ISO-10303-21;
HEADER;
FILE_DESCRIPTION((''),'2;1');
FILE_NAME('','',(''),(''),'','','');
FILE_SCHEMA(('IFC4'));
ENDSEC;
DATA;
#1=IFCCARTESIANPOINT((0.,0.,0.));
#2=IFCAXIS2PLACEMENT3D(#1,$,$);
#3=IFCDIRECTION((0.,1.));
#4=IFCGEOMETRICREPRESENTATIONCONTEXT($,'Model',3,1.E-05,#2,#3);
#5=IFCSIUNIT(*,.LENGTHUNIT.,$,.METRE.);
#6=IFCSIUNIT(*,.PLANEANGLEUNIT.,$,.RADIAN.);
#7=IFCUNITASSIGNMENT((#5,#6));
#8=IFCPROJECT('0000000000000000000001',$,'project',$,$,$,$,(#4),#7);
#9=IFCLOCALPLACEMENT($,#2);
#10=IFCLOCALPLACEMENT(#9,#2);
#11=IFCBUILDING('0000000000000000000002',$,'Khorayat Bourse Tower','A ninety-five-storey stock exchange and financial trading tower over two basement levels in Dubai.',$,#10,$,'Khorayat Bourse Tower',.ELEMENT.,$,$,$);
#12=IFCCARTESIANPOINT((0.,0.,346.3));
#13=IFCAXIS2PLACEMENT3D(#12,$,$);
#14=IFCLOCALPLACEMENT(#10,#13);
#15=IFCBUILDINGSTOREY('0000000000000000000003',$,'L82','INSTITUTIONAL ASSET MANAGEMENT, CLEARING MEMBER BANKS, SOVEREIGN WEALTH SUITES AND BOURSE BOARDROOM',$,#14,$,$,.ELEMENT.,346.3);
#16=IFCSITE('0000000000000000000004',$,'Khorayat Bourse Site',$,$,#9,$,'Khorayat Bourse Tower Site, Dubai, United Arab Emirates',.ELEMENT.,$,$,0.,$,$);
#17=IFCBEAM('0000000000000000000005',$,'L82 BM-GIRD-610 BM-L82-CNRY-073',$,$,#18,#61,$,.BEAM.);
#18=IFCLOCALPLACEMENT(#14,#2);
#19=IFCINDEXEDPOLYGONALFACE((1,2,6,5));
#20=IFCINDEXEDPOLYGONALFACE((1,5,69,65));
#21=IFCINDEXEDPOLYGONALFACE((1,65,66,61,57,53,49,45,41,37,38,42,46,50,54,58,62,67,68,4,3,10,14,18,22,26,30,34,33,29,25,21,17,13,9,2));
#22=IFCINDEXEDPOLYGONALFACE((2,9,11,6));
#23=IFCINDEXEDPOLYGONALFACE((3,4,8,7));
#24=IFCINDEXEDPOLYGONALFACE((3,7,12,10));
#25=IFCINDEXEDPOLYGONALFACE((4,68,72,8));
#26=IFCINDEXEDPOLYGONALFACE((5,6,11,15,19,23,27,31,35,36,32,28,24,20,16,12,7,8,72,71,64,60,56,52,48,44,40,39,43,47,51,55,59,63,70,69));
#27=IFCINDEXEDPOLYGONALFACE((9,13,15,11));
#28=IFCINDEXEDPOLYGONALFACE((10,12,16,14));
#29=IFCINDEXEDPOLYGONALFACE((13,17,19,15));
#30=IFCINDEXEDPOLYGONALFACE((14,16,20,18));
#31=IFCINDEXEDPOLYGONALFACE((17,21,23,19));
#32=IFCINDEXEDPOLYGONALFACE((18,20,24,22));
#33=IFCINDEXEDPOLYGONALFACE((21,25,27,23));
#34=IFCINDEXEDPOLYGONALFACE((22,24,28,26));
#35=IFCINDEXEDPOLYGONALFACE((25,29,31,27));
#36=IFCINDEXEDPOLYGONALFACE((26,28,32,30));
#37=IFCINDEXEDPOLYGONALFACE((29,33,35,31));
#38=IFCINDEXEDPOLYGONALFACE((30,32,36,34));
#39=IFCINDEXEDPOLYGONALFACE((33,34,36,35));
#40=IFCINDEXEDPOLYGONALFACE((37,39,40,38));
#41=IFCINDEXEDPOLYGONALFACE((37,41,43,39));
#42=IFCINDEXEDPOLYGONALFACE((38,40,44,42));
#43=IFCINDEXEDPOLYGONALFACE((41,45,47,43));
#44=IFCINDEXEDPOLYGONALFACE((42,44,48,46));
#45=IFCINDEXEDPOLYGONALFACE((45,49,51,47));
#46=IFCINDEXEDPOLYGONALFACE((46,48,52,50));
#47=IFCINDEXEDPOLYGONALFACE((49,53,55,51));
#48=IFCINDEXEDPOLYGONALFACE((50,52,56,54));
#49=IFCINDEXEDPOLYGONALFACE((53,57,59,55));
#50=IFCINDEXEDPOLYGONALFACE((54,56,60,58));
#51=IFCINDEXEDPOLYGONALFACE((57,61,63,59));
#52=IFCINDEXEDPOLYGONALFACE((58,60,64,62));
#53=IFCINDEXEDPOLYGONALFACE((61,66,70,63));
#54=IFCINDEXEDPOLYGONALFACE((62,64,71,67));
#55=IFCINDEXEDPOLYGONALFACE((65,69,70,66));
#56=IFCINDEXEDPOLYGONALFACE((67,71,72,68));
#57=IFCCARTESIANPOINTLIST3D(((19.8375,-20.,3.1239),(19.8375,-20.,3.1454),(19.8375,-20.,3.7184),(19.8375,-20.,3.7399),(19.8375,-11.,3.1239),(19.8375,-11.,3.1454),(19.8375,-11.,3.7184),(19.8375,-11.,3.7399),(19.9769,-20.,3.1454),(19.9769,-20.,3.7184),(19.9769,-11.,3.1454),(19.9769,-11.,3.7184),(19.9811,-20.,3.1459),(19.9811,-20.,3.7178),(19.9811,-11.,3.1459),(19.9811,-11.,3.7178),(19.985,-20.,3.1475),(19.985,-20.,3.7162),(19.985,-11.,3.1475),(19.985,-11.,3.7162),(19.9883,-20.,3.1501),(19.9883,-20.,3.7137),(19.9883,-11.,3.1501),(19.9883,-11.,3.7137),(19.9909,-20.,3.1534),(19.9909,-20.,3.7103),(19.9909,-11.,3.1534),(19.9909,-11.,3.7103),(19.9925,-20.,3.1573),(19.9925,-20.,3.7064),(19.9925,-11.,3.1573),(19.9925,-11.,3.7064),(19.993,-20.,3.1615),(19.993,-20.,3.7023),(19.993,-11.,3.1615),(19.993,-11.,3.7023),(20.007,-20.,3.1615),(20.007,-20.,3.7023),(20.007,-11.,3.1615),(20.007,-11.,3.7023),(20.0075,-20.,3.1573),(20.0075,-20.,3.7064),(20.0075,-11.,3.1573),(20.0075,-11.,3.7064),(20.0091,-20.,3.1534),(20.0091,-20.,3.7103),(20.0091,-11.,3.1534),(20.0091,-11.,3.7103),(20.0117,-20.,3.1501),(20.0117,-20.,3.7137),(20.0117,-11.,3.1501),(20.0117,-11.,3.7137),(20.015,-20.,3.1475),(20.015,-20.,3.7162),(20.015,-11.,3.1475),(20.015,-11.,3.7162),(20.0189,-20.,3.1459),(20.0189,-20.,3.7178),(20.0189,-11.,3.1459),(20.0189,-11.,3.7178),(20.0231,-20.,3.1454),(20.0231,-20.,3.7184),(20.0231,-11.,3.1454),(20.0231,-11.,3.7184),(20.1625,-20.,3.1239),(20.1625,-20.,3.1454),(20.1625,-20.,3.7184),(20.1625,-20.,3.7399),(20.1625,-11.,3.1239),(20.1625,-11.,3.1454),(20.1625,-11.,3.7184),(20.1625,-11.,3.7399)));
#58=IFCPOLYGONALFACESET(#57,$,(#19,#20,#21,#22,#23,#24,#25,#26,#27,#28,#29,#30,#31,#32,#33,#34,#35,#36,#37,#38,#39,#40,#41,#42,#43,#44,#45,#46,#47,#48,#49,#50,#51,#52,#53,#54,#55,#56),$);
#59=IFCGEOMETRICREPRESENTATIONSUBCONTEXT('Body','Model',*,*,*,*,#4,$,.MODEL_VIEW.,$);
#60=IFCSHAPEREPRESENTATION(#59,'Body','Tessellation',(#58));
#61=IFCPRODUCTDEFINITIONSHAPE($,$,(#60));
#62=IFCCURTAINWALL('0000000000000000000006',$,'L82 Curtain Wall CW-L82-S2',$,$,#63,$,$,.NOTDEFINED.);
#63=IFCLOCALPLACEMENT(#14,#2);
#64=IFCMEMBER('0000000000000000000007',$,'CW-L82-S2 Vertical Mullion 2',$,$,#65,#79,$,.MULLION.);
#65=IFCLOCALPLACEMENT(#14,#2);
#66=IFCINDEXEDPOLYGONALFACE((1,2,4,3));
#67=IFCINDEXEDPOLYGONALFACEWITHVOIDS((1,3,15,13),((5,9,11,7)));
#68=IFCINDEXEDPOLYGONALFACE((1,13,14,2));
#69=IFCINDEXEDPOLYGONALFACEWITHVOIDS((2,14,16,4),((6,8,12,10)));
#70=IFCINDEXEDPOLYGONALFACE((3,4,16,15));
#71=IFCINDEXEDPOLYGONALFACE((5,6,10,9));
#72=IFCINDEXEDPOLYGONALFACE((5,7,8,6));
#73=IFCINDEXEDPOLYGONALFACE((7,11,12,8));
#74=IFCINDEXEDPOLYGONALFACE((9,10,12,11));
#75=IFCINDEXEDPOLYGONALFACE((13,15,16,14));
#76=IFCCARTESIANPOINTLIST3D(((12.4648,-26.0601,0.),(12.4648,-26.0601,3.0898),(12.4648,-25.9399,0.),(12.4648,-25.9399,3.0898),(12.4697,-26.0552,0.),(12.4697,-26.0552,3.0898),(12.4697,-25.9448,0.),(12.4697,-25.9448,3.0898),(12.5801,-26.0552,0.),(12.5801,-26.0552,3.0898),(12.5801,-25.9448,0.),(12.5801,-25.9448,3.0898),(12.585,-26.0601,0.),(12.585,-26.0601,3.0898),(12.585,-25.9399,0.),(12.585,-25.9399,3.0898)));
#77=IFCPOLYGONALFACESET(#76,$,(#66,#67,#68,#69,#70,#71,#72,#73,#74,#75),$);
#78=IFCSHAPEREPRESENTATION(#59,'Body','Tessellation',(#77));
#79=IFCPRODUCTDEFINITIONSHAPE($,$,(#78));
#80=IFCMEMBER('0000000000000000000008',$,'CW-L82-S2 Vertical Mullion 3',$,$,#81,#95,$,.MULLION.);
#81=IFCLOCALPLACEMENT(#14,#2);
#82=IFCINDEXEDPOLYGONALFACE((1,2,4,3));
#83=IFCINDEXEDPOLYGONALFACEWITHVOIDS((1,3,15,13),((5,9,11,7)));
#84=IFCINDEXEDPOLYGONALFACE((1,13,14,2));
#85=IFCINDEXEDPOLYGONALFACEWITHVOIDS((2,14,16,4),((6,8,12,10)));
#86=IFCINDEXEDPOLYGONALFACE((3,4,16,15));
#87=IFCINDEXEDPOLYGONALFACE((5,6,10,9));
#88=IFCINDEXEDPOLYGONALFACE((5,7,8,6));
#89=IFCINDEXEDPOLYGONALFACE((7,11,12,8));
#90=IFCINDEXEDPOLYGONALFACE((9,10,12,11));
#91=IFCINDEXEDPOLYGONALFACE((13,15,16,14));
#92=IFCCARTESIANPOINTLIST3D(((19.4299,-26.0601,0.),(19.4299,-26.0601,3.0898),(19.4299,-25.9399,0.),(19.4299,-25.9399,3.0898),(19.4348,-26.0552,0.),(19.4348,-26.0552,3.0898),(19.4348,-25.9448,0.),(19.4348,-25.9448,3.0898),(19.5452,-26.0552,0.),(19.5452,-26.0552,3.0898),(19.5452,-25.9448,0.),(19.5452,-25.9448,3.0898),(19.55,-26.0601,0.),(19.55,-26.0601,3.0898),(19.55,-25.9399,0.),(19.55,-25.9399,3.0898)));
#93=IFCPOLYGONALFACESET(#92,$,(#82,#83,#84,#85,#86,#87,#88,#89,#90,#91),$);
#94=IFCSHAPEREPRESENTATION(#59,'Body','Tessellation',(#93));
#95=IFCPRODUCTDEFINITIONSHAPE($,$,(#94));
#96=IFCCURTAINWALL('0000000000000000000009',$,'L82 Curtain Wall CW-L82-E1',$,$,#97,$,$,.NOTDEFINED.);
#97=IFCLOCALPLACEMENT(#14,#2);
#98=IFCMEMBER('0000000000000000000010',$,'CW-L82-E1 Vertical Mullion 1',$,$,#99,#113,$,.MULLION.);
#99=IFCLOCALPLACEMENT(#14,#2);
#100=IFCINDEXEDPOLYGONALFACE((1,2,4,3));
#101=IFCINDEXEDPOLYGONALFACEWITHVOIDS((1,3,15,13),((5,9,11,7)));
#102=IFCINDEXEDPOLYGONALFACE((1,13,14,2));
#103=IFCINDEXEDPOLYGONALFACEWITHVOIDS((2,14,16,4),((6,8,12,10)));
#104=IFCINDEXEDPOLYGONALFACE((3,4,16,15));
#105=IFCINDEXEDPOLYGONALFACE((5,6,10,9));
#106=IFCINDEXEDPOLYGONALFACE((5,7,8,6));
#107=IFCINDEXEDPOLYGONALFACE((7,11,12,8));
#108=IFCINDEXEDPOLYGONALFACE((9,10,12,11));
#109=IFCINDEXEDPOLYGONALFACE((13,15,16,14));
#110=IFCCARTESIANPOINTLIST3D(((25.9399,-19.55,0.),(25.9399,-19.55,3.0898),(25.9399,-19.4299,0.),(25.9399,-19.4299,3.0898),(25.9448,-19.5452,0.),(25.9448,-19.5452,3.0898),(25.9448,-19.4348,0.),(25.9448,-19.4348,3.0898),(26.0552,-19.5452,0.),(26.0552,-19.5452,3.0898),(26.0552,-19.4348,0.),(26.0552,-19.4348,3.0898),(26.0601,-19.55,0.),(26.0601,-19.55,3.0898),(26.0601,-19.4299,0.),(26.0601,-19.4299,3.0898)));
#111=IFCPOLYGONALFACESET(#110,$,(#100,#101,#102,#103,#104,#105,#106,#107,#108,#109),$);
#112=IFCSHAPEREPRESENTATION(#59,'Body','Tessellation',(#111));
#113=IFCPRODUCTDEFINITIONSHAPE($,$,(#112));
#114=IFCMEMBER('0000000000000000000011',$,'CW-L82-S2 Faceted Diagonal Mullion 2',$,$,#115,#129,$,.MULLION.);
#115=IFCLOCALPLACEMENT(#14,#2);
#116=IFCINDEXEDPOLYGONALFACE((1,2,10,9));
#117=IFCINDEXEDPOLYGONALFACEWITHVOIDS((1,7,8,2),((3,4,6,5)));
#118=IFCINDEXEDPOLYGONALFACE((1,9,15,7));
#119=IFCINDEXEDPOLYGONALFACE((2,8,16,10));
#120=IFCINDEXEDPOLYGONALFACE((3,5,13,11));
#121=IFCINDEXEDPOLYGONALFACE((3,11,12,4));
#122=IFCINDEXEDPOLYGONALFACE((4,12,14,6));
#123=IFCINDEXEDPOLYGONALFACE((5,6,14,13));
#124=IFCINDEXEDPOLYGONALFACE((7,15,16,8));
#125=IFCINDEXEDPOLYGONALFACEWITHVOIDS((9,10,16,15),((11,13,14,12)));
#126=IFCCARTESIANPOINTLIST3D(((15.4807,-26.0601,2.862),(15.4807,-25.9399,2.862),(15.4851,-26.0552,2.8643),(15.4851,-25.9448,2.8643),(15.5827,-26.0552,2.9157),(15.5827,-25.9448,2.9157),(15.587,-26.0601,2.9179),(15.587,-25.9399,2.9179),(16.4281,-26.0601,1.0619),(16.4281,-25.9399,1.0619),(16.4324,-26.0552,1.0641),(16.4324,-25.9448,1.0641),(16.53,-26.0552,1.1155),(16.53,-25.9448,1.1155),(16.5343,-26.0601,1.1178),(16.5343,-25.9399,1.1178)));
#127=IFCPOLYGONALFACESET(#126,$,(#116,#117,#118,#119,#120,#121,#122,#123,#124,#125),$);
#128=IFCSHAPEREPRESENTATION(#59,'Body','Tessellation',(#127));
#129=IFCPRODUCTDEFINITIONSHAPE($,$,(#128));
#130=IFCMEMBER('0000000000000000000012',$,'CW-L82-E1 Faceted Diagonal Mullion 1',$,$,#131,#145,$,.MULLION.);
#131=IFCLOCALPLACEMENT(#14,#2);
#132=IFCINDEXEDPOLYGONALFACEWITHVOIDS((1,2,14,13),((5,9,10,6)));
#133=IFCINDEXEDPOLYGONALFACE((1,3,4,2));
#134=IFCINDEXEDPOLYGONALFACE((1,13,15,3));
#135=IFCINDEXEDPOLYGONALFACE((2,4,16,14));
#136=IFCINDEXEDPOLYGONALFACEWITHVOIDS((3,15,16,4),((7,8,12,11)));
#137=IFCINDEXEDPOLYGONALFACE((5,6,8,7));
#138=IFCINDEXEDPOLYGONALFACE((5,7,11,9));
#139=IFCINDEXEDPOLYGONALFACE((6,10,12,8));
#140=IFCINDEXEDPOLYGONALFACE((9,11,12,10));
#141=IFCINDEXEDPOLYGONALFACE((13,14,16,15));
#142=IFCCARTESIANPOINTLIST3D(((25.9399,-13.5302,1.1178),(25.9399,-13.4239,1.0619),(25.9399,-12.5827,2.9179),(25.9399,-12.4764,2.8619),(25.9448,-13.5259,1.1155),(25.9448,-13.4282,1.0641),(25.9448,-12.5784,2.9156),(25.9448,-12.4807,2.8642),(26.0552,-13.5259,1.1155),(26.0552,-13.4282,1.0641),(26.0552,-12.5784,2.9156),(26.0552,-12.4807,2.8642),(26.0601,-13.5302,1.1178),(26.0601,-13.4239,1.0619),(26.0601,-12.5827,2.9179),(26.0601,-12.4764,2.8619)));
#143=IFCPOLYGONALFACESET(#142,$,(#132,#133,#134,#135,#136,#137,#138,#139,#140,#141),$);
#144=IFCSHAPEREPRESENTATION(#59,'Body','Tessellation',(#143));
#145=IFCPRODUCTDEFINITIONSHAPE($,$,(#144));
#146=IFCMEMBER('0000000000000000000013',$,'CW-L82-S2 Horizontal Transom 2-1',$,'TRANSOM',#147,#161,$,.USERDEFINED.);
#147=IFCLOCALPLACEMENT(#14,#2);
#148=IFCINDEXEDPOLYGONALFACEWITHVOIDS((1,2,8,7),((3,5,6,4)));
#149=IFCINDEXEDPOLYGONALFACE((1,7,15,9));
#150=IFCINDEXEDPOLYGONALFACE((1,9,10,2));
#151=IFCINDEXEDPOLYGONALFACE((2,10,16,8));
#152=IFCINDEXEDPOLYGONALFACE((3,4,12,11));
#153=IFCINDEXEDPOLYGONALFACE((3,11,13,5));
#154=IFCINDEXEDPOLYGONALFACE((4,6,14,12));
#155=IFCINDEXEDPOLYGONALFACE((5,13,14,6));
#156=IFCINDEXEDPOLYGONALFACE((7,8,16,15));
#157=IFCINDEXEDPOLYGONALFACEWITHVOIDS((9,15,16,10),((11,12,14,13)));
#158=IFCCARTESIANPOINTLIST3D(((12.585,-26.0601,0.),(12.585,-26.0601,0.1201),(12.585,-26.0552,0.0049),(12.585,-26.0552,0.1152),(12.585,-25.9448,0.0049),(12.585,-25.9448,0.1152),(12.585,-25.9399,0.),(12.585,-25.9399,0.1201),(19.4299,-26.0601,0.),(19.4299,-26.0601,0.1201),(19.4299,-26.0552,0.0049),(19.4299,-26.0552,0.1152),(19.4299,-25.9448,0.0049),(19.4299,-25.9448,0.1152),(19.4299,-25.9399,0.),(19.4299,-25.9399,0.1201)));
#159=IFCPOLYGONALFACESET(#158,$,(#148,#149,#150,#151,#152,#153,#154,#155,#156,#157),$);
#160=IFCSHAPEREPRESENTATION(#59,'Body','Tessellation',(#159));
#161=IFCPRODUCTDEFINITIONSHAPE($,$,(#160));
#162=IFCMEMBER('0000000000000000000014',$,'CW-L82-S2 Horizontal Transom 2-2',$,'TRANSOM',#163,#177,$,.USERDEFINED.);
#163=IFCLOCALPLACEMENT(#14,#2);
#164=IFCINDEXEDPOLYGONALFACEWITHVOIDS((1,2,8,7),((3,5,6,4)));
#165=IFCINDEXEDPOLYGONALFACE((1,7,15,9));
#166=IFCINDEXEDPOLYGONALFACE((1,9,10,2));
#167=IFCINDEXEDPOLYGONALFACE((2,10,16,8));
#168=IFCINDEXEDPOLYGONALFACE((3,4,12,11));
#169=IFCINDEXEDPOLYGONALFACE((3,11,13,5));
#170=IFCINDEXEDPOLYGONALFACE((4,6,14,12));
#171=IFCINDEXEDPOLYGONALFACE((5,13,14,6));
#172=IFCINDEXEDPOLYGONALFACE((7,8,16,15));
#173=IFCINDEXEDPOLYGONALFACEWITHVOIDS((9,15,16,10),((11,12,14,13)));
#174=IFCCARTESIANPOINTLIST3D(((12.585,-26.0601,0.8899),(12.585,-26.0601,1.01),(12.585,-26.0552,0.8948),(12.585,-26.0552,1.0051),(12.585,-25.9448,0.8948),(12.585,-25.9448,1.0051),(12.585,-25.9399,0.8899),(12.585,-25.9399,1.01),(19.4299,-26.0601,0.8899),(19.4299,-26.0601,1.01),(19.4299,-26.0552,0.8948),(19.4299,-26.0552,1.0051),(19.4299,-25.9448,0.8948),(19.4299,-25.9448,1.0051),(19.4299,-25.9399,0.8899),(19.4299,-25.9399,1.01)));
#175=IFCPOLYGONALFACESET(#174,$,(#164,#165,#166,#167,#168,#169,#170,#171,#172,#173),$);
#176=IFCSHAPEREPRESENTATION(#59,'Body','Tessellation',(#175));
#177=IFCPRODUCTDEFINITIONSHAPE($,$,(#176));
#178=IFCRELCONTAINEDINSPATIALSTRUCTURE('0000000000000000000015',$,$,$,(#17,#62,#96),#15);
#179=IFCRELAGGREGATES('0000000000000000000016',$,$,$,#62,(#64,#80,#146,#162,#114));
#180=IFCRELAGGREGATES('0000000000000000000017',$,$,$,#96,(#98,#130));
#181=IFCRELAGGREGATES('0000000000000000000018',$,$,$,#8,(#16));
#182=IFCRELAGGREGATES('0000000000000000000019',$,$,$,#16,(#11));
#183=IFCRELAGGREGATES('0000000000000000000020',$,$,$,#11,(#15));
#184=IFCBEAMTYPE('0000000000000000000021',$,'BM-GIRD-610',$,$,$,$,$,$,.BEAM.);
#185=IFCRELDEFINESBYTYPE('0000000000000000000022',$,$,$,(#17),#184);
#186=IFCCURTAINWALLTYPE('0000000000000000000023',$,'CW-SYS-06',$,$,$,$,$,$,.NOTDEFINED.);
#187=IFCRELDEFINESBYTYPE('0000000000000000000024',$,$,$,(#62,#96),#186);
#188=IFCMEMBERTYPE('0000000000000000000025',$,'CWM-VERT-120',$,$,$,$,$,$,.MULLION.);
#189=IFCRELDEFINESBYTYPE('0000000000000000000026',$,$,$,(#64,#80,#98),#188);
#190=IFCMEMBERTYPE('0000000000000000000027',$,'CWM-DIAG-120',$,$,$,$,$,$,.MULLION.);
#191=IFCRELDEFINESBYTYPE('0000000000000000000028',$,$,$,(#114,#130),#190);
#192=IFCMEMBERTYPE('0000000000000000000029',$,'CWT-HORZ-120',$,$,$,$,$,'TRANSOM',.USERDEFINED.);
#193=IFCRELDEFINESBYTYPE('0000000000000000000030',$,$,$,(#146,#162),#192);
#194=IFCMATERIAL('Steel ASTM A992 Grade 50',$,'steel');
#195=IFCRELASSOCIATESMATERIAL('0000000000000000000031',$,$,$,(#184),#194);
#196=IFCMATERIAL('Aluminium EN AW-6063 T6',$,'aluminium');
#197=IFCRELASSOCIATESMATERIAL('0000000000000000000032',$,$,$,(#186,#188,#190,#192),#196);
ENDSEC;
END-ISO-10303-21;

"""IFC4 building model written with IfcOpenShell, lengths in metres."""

from ifc_helpers import new_model, si_unit, direction, frame, origin, origin_2d, place, context, subcontext, project, spatial, hollow_rectangle, i_section, extrude, source, transform, mapped, material, material_profile, profile_set, type_object, element, aggregate, save


model = new_model("IFC4")

# Units and contexts
model_context = context("Model", 3, precision=1e-05, world=origin(), true_north=direction((0.0, 1.0)))
body_context = subcontext(model_context, "Body", "Model", "MODEL_VIEW")
ifc_project = project(units=[si_unit("LENGTHUNIT", "METRE"), si_unit("PLANEANGLEUNIT", "RADIAN")], contexts=[model_context])

# Site, building, storey
site_placement = place(None, origin())
site = spatial("IfcSite", under=ifc_project, at=site_placement, Name="Khorayat Bourse Site", LongName="Khorayat Bourse Tower Site, Dubai, United Arab Emirates", CompositionType="ELEMENT", RefElevation=0.0)
building_placement = place(site_placement, origin())
building = spatial("IfcBuilding", under=site, at=building_placement, Name="Khorayat Bourse Tower", Description="A ninety-five-storey stock exchange and financial trading tower over two basement levels in Dubai.", LongName="Khorayat Bourse Tower", CompositionType="ELEMENT")
storey_placement = place(building_placement, frame((0.0, 0.0, 346.3)))
storey = spatial("IfcBuildingStorey", under=building, at=storey_placement, Name="L82", Description="INSTITUTIONAL ASSET MANAGEMENT, CLEARING MEMBER BANKS, SOVEREIGN WEALTH SUITES AND BOURSE BOARDROOM", CompositionType="ELEMENT", Elevation=346.3)

# Beam
ifc_material_1 = material(Name="Steel ASTM A992 Grade 50", Category="steel")
ifc_material_profile_1 = material_profile(ifc_material_1, i_section(OverallWidth=0.325, OverallDepth=0.616, WebThickness=0.0139, FlangeThickness=0.0215, FilletRadius=0.0161, at=origin_2d()), Name="W610X174")
ifc_profile_set_1 = profile_set([ifc_material_profile_1], Name="Steel ASTM A992 Grade 50")
beam_type_1 = type_object("IfcBeamType", Name="BM-GIRD-610", PredefinedType="BEAM", material=ifc_profile_set_1)
shared_shape_1 = source(origin(), body_context, "Body", "SweptSolid", [
    extrude(i_section(OverallWidth=0.325, OverallDepth=0.616, WebThickness=0.0139, FlangeThickness=0.0215, FilletRadius=0.0161, at=origin_2d()), origin(), (0.0, 0.0, 1.0), 9.0),
])
beam_1_placement = place(storey_placement, frame((20.0, -20.0, 3.4319), z_axis=(0.0, 1.0, 0.0), x_axis=(-1.0, 0.0, 0.0)))
element("IfcBeam", 1, at=beam_1_placement, inside=storey, type_object=beam_type_1, Name="L82 BM-GIRD-610 BM-L82-CNRY-073", PredefinedType="BEAM", context=body_context, shape_type="MappedRepresentation", body=[
    mapped(shared_shape_1, transform((0.0, 0.0, 0.0), scale=1.0)),
])

# Curtain wall, members
ifc_material_2 = material(Name="Aluminium EN AW-6063 T6", Category="aluminium")
curtain_wall_type = type_object("IfcCurtainWallType", Name="CW-SYS-06", PredefinedType="NOTDEFINED", material=ifc_material_2)
curtain_wall_1_placement = place(storey_placement, origin())
curtain_wall_1 = element("IfcCurtainWall", 2, at=curtain_wall_1_placement, inside=storey, type_object=curtain_wall_type, Name="L82 Curtain Wall CW-L82-S2", PredefinedType="NOTDEFINED")
ifc_material_profile_2 = material_profile(ifc_material_2, hollow_rectangle(XDim=0.1201, YDim=0.1201, WallThickness=0.0049, at=origin_2d()), Name="ALU 120x120x5")
ifc_profile_set_2 = profile_set([ifc_material_profile_2], Name="Aluminium EN AW-6063 T6")
member_type_1 = type_object("IfcMemberType", Name="CWM-VERT-120", PredefinedType="MULLION", material=ifc_profile_set_2)
shared_shape_2 = source(origin(), body_context, "Body", "SweptSolid", [
    extrude(hollow_rectangle(XDim=0.1201, YDim=0.1201, WallThickness=0.0049, at=origin_2d()), origin(), (0.0, 0.0, 1.0), 3.0898),
])
member_1_placement = place(storey_placement, frame((12.5249, -26.0, 0.0), z_axis=(0.0, 0.0, 1.0), x_axis=(0.0, 1.0, 0.0)))
member_1 = element("IfcMember", 3, at=member_1_placement, type_object=member_type_1, Name="CW-L82-S2 Vertical Mullion 2", PredefinedType="MULLION", context=body_context, shape_type="MappedRepresentation", body=[
    mapped(shared_shape_2, transform((0.0, 0.0, 0.0), scale=1.0)),
])
member_2_placement = place(storey_placement, frame((19.49, -26.0, 0.0), z_axis=(0.0, 0.0, 1.0), x_axis=(0.0, 1.0, 0.0)))
member_2 = element("IfcMember", 4, at=member_2_placement, type_object=member_type_1, Name="CW-L82-S2 Vertical Mullion 3", PredefinedType="MULLION", context=body_context, shape_type="MappedRepresentation", body=[
    mapped(shared_shape_2, transform((0.0, 0.0, 0.0), scale=1.0)),
])

# Curtain wall, member
curtain_wall_2_placement = place(storey_placement, origin())
curtain_wall_2 = element("IfcCurtainWall", 5, at=curtain_wall_2_placement, inside=storey, type_object=curtain_wall_type, Name="L82 Curtain Wall CW-L82-E1", PredefinedType="NOTDEFINED")
member_3_placement = place(storey_placement, frame((26.0, -19.49, 0.0), z_axis=(0.0, 0.0, 1.0), x_axis=(-1.0, 0.0, 0.0)))
member_3 = element("IfcMember", 6, at=member_3_placement, type_object=member_type_1, Name="CW-L82-E1 Vertical Mullion 1", PredefinedType="MULLION", context=body_context, shape_type="MappedRepresentation", body=[
    mapped(shared_shape_2, transform((0.0, 0.0, 0.0), scale=1.0)),
])

# Members
ifc_material_profile_3 = material_profile(ifc_material_2, hollow_rectangle(XDim=0.1201, YDim=0.1201, WallThickness=0.0049, at=origin_2d()), Name="ALU 120x120x5")
ifc_profile_set_3 = profile_set([ifc_material_profile_3], Name="Aluminium EN AW-6063 T6")
member_type_2 = type_object("IfcMemberType", Name="CWM-DIAG-120", PredefinedType="MULLION", material=ifc_profile_set_3)
shared_shape_3 = source(origin(), body_context, "Body", "SweptSolid", [
    extrude(hollow_rectangle(XDim=0.1201, YDim=0.1201, WallThickness=0.0049, at=origin_2d()), origin(), (0.0, 0.0, 1.0), 2.0342),
])
member_4_placement = place(storey_placement, frame((16.4812, -26.0, 1.0898), z_axis=(-0.465697, 0.0, 0.884944), x_axis=(0.0, -1.0, 0.0)))
member_4 = element("IfcMember", 7, at=member_4_placement, type_object=member_type_2, Name="CW-L82-S2 Faceted Diagonal Mullion 2", PredefinedType="MULLION", context=body_context, shape_type="MappedRepresentation", body=[
    mapped(shared_shape_3, transform((0.0, 0.0, 0.0), scale=1.0)),
])
member_5_placement = place(storey_placement, frame((26.0, -13.4771, 1.0898), z_axis=(0.0, 0.465791, 0.884895), x_axis=(-1.0, 0.0, 0.0)))
member_5 = element("IfcMember", 8, at=member_5_placement, type_object=member_type_2, Name="CW-L82-E1 Faceted Diagonal Mullion 1", PredefinedType="MULLION", context=body_context, shape_type="MappedRepresentation", body=[
    mapped(shared_shape_3, transform((0.0, 0.0, 0.0), scale=1.0)),
])
ifc_material_profile_4 = material_profile(ifc_material_2, hollow_rectangle(XDim=0.1201, YDim=0.1201, WallThickness=0.0049, at=origin_2d()), Name="ALU 120x120x5")
ifc_profile_set_4 = profile_set([ifc_material_profile_4], Name="Aluminium EN AW-6063 T6")
member_type_3 = type_object("IfcMemberType", Name="CWT-HORZ-120", ElementType="TRANSOM", PredefinedType="USERDEFINED", material=ifc_profile_set_4)
shared_shape_4 = source(origin(), body_context, "Body", "SweptSolid", [
    extrude(hollow_rectangle(XDim=0.1201, YDim=0.1201, WallThickness=0.0049, at=origin_2d()), origin(), (0.0, 0.0, 1.0), 6.845),
])
member_6_placement = place(storey_placement, frame((12.585, -26.0, 0.0601), z_axis=(1.0, 0.0, 0.0), x_axis=(0.0, 1.0, 0.0)))
member_6 = element("IfcMember", 9, at=member_6_placement, type_object=member_type_3, Name="CW-L82-S2 Horizontal Transom 2-1", ObjectType="TRANSOM", PredefinedType="USERDEFINED", context=body_context, shape_type="MappedRepresentation", body=[
    mapped(shared_shape_4, transform((0.0, 0.0, 0.0), scale=1.0)),
])
member_7_placement = place(storey_placement, frame((12.585, -26.0, 0.95), z_axis=(1.0, 0.0, 0.0), x_axis=(0.0, 1.0, 0.0)))
member_7 = element("IfcMember", 10, at=member_7_placement, type_object=member_type_3, Name="CW-L82-S2 Horizontal Transom 2-2", ObjectType="TRANSOM", PredefinedType="USERDEFINED", context=body_context, shape_type="MappedRepresentation", body=[
    mapped(shared_shape_4, transform((0.0, 0.0, 0.0), scale=1.0)),
])

aggregate(curtain_wall_1, [member_1, member_2, member_6, member_7, member_4])
aggregate(curtain_wall_2, [member_3, member_5])

save(model, "model.ifc")
